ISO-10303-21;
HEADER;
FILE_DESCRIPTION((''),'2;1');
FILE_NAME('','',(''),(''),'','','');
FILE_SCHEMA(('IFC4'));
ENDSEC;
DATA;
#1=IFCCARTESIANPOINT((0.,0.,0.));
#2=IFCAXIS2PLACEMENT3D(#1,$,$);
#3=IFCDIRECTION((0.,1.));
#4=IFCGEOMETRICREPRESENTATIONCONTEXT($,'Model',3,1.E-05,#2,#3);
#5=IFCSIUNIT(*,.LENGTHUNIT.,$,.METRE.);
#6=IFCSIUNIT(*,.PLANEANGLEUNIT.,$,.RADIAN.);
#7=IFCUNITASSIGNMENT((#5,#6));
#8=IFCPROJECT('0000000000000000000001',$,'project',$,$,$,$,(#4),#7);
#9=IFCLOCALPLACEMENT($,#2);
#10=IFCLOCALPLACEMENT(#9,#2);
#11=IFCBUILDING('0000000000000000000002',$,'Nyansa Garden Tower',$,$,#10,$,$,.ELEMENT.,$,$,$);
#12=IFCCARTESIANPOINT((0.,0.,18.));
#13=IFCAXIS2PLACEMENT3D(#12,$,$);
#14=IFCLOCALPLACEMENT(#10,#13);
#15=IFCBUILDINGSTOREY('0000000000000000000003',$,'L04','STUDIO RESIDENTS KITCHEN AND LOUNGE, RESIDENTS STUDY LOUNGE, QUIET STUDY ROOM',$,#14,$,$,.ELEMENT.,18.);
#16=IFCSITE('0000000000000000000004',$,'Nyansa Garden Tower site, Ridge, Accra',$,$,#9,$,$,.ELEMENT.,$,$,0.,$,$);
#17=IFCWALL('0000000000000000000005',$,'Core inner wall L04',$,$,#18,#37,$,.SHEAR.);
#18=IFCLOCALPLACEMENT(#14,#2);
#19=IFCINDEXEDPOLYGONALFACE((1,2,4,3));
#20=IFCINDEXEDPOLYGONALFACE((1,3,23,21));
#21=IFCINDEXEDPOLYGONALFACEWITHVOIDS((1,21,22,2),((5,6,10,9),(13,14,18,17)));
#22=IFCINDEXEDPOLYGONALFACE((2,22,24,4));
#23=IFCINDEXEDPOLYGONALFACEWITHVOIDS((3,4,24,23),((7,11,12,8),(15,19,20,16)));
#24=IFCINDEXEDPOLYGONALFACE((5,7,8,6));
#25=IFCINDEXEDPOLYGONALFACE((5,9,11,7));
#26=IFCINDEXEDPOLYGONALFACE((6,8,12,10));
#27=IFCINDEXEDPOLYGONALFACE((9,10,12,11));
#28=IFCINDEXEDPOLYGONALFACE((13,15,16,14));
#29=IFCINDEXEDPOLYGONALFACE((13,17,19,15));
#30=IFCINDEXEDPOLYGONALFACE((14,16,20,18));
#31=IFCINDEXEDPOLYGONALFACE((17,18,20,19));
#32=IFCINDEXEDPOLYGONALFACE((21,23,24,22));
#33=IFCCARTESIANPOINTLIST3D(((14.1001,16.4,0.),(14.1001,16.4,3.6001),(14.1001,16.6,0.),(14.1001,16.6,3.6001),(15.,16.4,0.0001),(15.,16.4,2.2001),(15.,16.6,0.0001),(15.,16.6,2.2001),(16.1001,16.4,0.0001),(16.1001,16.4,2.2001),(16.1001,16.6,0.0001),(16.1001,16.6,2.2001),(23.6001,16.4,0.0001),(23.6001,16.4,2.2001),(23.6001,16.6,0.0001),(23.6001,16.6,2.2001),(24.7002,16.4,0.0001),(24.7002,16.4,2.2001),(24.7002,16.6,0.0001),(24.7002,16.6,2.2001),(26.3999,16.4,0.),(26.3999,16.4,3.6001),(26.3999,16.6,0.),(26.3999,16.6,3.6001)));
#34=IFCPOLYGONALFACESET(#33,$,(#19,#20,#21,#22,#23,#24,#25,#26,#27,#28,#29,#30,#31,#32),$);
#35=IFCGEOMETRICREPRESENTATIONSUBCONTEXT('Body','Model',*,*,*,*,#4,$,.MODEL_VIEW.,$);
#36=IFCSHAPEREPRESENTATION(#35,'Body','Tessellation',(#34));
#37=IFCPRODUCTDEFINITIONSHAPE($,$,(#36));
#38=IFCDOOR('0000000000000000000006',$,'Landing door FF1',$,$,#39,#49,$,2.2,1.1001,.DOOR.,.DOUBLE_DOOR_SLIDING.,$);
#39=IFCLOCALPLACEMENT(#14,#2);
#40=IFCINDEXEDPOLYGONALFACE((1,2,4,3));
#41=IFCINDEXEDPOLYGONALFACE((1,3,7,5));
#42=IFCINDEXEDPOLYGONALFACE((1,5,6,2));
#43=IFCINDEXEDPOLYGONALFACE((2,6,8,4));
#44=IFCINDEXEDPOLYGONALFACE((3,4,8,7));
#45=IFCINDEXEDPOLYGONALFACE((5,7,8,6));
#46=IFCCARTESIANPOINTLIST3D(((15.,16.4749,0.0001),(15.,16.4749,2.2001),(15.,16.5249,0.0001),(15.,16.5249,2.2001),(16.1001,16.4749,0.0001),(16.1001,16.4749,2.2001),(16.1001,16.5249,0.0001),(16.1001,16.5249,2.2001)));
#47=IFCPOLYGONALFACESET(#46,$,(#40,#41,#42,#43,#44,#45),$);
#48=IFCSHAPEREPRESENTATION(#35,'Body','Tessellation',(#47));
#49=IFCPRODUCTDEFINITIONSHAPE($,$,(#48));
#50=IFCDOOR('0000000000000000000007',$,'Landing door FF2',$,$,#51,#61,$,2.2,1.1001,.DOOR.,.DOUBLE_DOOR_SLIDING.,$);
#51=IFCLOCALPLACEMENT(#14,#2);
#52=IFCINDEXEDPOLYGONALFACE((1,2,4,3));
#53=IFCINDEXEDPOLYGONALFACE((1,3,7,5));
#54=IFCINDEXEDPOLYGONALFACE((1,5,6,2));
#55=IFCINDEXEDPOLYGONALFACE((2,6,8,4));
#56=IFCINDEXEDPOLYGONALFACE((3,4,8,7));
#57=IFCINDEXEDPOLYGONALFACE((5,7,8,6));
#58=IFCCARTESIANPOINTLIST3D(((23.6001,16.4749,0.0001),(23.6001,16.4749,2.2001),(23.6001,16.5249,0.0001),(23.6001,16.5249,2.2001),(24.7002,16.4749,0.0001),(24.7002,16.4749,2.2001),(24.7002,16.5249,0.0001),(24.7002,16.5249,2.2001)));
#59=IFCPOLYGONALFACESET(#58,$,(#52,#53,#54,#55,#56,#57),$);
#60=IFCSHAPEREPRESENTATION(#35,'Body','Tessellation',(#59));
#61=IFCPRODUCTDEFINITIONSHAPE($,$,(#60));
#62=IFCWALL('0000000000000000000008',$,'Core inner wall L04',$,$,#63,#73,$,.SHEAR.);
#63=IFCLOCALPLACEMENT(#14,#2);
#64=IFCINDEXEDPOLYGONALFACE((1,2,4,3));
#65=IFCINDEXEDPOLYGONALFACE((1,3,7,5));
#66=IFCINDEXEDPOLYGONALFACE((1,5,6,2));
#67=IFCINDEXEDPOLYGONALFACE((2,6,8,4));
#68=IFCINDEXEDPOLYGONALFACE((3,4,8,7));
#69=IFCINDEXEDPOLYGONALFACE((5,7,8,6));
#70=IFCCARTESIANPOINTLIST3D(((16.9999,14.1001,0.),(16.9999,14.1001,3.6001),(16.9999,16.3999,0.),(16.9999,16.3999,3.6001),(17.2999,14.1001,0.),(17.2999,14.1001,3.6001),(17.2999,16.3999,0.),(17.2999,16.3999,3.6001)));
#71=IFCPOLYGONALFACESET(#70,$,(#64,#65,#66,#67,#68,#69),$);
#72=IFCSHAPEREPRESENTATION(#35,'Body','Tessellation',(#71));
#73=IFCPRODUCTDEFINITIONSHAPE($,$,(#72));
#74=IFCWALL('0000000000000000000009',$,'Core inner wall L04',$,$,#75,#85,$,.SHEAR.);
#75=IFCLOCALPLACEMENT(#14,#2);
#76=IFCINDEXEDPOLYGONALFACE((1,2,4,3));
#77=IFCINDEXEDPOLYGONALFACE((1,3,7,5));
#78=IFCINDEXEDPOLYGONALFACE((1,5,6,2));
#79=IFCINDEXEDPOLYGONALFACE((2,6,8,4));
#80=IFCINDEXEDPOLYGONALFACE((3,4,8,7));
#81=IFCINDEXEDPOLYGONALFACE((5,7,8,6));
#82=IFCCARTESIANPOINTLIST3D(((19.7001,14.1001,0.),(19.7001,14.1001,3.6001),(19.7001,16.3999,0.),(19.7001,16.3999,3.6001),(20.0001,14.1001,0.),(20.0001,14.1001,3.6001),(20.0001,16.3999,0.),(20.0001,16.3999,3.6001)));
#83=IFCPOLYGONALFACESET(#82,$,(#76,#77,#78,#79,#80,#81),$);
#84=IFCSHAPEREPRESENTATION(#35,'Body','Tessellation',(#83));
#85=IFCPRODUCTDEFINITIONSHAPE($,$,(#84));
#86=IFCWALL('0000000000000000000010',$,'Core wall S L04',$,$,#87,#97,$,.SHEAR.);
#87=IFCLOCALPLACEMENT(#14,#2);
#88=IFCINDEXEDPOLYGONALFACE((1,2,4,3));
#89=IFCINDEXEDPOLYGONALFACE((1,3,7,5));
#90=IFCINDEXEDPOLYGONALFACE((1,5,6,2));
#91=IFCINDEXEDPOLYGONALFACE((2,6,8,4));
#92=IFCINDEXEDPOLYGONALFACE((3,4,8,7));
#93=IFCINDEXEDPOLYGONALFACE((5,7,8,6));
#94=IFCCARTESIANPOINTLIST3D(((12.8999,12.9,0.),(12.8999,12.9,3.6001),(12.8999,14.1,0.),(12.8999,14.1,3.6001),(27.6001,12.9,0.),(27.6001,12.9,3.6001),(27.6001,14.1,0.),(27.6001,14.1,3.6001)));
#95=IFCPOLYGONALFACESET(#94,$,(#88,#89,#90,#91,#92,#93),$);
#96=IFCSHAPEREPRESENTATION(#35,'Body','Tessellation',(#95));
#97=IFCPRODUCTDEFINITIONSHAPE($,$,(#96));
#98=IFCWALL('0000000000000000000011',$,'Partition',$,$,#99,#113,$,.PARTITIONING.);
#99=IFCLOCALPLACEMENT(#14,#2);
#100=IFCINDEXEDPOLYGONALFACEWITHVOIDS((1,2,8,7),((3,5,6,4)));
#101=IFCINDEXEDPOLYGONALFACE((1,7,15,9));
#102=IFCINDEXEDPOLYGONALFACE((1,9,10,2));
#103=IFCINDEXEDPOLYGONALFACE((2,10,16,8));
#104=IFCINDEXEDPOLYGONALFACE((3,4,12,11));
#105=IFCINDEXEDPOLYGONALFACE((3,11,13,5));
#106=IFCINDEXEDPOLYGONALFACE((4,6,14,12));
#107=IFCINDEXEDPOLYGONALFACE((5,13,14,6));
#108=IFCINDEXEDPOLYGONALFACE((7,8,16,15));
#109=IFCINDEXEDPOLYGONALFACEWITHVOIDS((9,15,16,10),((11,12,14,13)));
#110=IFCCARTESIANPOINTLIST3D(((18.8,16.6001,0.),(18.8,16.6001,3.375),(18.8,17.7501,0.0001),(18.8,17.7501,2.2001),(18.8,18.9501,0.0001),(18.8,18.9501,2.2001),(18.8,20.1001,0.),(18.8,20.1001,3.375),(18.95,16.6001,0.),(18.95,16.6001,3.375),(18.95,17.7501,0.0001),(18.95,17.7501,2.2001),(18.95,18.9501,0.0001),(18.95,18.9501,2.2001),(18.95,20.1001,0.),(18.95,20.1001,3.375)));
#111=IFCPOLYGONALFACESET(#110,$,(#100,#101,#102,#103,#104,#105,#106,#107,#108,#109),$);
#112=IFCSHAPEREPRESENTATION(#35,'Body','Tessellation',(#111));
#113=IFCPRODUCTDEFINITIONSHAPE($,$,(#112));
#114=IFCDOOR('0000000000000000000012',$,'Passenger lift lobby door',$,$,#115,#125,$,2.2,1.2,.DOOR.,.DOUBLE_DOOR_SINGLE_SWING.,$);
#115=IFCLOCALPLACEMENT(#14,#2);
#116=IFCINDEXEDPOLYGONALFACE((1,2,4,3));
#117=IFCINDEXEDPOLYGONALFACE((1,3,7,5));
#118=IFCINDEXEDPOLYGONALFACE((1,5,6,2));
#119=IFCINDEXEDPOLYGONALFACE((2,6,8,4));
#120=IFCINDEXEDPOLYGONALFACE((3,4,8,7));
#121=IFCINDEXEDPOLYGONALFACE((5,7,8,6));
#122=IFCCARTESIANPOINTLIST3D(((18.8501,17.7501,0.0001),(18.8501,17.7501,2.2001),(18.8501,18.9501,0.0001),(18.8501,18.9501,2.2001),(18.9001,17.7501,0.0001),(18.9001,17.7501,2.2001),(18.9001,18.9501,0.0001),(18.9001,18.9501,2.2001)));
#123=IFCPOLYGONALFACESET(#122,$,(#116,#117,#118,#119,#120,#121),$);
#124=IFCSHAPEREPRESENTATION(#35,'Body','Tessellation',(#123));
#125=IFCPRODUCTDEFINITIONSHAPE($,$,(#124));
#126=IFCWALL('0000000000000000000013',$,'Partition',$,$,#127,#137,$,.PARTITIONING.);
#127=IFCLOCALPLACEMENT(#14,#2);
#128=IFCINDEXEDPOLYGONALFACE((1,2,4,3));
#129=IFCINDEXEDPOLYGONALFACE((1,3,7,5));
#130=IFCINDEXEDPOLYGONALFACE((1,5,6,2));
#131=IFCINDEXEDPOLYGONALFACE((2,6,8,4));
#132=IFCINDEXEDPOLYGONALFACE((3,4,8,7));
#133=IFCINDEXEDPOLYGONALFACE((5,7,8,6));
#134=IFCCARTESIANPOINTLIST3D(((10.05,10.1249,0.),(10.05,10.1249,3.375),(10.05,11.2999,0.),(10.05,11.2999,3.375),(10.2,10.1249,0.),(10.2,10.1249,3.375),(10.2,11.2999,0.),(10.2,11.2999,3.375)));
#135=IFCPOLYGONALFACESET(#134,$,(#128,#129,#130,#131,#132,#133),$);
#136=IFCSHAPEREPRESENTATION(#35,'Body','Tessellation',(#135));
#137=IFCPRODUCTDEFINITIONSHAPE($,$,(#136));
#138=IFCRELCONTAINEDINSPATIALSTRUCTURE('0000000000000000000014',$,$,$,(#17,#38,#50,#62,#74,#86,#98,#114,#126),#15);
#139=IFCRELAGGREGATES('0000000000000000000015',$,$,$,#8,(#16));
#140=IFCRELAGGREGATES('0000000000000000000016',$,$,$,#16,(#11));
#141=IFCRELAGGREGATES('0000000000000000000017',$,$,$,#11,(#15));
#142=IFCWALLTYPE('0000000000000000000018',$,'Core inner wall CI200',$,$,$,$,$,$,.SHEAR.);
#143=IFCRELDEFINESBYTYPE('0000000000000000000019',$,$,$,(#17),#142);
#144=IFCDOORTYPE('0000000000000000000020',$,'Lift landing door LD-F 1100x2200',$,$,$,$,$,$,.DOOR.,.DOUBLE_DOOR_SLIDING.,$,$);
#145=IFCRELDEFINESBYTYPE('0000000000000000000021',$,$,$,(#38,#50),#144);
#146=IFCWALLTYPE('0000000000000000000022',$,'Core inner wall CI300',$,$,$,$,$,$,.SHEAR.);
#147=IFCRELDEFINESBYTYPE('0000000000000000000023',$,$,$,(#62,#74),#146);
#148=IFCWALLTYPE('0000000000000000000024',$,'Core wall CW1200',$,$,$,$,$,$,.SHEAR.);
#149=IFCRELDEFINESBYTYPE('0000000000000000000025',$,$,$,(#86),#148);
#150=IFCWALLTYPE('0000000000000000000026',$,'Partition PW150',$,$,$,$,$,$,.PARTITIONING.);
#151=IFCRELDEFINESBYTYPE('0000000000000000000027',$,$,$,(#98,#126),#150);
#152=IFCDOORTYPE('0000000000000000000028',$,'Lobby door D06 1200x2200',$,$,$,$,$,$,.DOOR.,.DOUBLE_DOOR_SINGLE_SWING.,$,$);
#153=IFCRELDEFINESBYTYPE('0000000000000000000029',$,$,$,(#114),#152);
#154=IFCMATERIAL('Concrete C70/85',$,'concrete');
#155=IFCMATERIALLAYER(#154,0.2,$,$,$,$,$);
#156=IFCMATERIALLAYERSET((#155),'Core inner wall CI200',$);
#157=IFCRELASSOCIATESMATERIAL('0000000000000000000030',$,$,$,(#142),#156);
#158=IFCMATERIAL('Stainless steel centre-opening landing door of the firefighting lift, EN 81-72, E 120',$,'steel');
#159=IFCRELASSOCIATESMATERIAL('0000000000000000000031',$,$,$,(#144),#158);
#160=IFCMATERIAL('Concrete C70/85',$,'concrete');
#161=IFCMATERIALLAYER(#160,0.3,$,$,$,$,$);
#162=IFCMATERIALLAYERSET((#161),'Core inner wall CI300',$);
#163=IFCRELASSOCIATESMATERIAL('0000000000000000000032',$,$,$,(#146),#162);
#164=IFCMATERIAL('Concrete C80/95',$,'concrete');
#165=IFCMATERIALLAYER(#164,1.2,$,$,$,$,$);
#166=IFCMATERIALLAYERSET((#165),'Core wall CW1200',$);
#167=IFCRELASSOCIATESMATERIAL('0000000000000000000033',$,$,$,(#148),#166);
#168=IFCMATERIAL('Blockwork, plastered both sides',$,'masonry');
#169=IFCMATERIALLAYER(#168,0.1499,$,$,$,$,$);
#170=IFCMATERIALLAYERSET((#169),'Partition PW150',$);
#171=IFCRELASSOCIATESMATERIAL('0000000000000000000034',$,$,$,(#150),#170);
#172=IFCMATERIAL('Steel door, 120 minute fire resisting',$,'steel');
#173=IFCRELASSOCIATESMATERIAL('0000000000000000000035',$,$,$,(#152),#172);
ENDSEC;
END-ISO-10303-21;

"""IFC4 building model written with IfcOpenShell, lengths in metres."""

from ifc_helpers import new_model, si_unit, direction, frame, frame_2d, origin, place, context, subcontext, project, spatial, rectangle, extrude, material, layer, layer_set, type_object, element, fill, save


model = new_model("IFC4")

# Units and contexts
model_context = context("Model", 3, precision=1e-05, world=origin(), true_north=direction((0.0, 1.0)))
body_context = subcontext(model_context, "Body", "Model", "MODEL_VIEW")
ifc_project = project(units=[si_unit("LENGTHUNIT", "METRE"), si_unit("PLANEANGLEUNIT", "RADIAN")], contexts=[model_context])

# Site, building, storey
site_placement = place(None, origin())
site = spatial("IfcSite", under=ifc_project, at=site_placement, Name="Nyansa Garden Tower site, Ridge, Accra", CompositionType="ELEMENT", RefElevation=0.0)
building_placement = place(site_placement, origin())
building = spatial("IfcBuilding", under=site, at=building_placement, Name="Nyansa Garden Tower", CompositionType="ELEMENT")
storey_placement = place(building_placement, frame((0.0, 0.0, 18.0)))
storey = spatial("IfcBuildingStorey", under=building, at=storey_placement, Name="L04", Description="STUDIO RESIDENTS KITCHEN AND LOUNGE, RESIDENTS STUDY LOUNGE, QUIET STUDY ROOM", CompositionType="ELEMENT", Elevation=18.0)

# Wall, openings, doors
ifc_material_1 = material(Name="Concrete C70/85", Category="concrete")
ifc_layer_1 = layer(ifc_material_1, 0.2)
ifc_layer_set_1 = layer_set([ifc_layer_1], Name="Core inner wall CI200")
wall_type_1 = type_object("IfcWallType", Name="Core inner wall CI200", PredefinedType="SHEAR", material=ifc_layer_set_1)
wall_1_placement = place(storey_placement, frame((14.1001, 16.5, 0.0), z_axis=(0.0, 0.0, 1.0), x_axis=(1.0, 0.0, 0.0)))
wall_1 = element("IfcWall", 1, at=wall_1_placement, inside=storey, type_object=wall_type_1, Name="Core inner wall L04", PredefinedType="SHEAR", context=body_context, shape_type="SweptSolid", body=[
    extrude(rectangle(XDim=12.2998, YDim=0.2, at=frame_2d((6.1499, 0.0))), origin(), (0.0, 0.0, 1.0), 3.6001),
])
opening_1_placement = place(wall_1_placement, frame((0.8999, 0.0, 0.0)))
opening_1 = element("IfcOpeningElement", 2, at=opening_1_placement, cuts=wall_1, PredefinedType="OPENING", context=body_context, shape_type="SweptSolid", body=[
    extrude(rectangle(XDim=1.1001, YDim=2.2, at=frame_2d((0.55, 1.1001))), frame((0.0, 0.1099, 0.0), z_axis=(0.0, -1.0, 0.0), x_axis=(1.0, 0.0, 0.0)), (0.0, 0.0, 1.0), 0.22),
])
opening_2_placement = place(wall_1_placement, frame((9.5, 0.0, 0.0)))
opening_2 = element("IfcOpeningElement", 3, at=opening_2_placement, cuts=wall_1, PredefinedType="OPENING", context=body_context, shape_type="SweptSolid", body=[
    extrude(rectangle(XDim=1.1001, YDim=2.2, at=frame_2d((0.55, 1.1001))), frame((0.0, 0.1099, 0.0), z_axis=(0.0, -1.0, 0.0), x_axis=(1.0, 0.0, 0.0)), (0.0, 0.0, 1.0), 0.22),
])
ifc_material_2 = material(Name="Stainless steel centre-opening landing door of the firefighting lift, EN 81-72, E 120", Category="steel")
door_type_1 = type_object("IfcDoorType", Name="Lift landing door LD-F 1100x2200", OperationType="DOUBLE_DOOR_SLIDING", PredefinedType="DOOR", material=ifc_material_2)
door_1_placement = place(opening_1_placement, origin())
door_1 = element("IfcDoor", 4, at=door_1_placement, inside=storey, type_object=door_type_1, Name="Landing door FF1", OperationType="DOUBLE_DOOR_SLIDING", OverallHeight=2.2, OverallWidth=1.1001, PredefinedType="DOOR", context=body_context, shape_type="SweptSolid", body=[
    extrude(rectangle(XDim=1.1001, YDim=2.2, at=frame_2d((0.55, 1.1001))), frame((0.0, 0.0249, 0.0), z_axis=(0.0, -1.0, 0.0), x_axis=(1.0, 0.0, 0.0)), (0.0, 0.0, 1.0), 0.05),
])
fill(opening_1, door_1)
door_2_placement = place(opening_2_placement, origin())
door_2 = element("IfcDoor", 5, at=door_2_placement, inside=storey, type_object=door_type_1, Name="Landing door FF2", OperationType="DOUBLE_DOOR_SLIDING", OverallHeight=2.2, OverallWidth=1.1001, PredefinedType="DOOR", context=body_context, shape_type="SweptSolid", body=[
    extrude(rectangle(XDim=1.1001, YDim=2.2, at=frame_2d((0.55, 1.1001))), frame((0.0, 0.0249, 0.0), z_axis=(0.0, -1.0, 0.0), x_axis=(1.0, 0.0, 0.0)), (0.0, 0.0, 1.0), 0.05),
])
fill(opening_2, door_2)

# Walls
ifc_material_3 = material(Name="Concrete C70/85", Category="concrete")
ifc_layer_2 = layer(ifc_material_3, 0.3)
ifc_layer_set_2 = layer_set([ifc_layer_2], Name="Core inner wall CI300")
wall_type_2 = type_object("IfcWallType", Name="Core inner wall CI300", PredefinedType="SHEAR", material=ifc_layer_set_2)
for number, where, z_axis, x_axis, name in (
    (6, (17.1499, 14.1001, 0.0), (0.0, 0.0, 1.0), (0.0, 1.0, 0.0), "Core inner wall L04"),
    (7, (19.8501, 14.1001, 0.0), (0.0, 0.0, 1.0), (0.0, 1.0, 0.0), "Core inner wall L04"),
):
    element("IfcWall", number, at=place(storey_placement, frame(where, z_axis=z_axis, x_axis=x_axis)), inside=storey, type_object=wall_type_2, Name=name, PredefinedType="SHEAR", context=body_context, shape_type="SweptSolid", body=[
        extrude(rectangle(XDim=2.2998, YDim=0.3, at=frame_2d((1.1499, 0.0))), origin(), (0.0, 0.0, 1.0), 3.6001),
    ])
ifc_material_4 = material(Name="Concrete C80/95", Category="concrete")
ifc_layer_3 = layer(ifc_material_4, 1.2)
ifc_layer_set_3 = layer_set([ifc_layer_3], Name="Core wall CW1200")
wall_type_3 = type_object("IfcWallType", Name="Core wall CW1200", PredefinedType="SHEAR", material=ifc_layer_set_3)
wall_2_placement = place(storey_placement, frame((12.8999, 13.5, 0.0), z_axis=(0.0, 0.0, 1.0), x_axis=(1.0, 0.0, 0.0)))
element("IfcWall", 8, at=wall_2_placement, inside=storey, type_object=wall_type_3, Name="Core wall S L04", PredefinedType="SHEAR", context=body_context, shape_type="SweptSolid", body=[
    extrude(rectangle(XDim=14.7002, YDim=1.2, at=frame_2d((7.3501, 0.0))), origin(), (0.0, 0.0, 1.0), 3.6001),
])

# Wall, opening, door
ifc_material_5 = material(Name="Blockwork, plastered both sides", Category="masonry")
ifc_layer_4 = layer(ifc_material_5, 0.1499)
ifc_layer_set_4 = layer_set([ifc_layer_4], Name="Partition PW150")
wall_type_4 = type_object("IfcWallType", Name="Partition PW150", PredefinedType="PARTITIONING", material=ifc_layer_set_4)
wall_3_placement = place(storey_placement, frame((18.875, 16.6001, 0.0), z_axis=(0.0, 0.0, 1.0), x_axis=(0.0, 1.0, 0.0)))
wall_3 = element("IfcWall", 9, at=wall_3_placement, inside=storey, type_object=wall_type_4, Name="Partition", PredefinedType="PARTITIONING", context=body_context, shape_type="SweptSolid", body=[
    extrude(rectangle(XDim=3.5, YDim=0.1499, at=frame_2d((1.75, 0.0))), origin(), (0.0, 0.0, 1.0), 3.375),
])
opening_3_placement = place(wall_3_placement, frame((1.1499, 0.0, 0.0)))
opening_3 = element("IfcOpeningElement", 10, at=opening_3_placement, cuts=wall_3, PredefinedType="OPENING", context=body_context, shape_type="SweptSolid", body=[
    extrude(rectangle(XDim=1.2, YDim=2.2, at=frame_2d((0.6001, 1.1001))), frame((0.0, 0.085, 0.0), z_axis=(0.0, -1.0, 0.0), x_axis=(1.0, 0.0, 0.0)), (0.0, 0.0, 1.0), 0.1699),
])
ifc_material_6 = material(Name="Steel door, 120 minute fire resisting", Category="steel")
door_type_2 = type_object("IfcDoorType", Name="Lobby door D06 1200x2200", OperationType="DOUBLE_DOOR_SINGLE_SWING", PredefinedType="DOOR", material=ifc_material_6)
door_3_placement = place(opening_3_placement, origin())
door_3 = element("IfcDoor", 11, at=door_3_placement, inside=storey, type_object=door_type_2, Name="Passenger lift lobby door", OperationType="DOUBLE_DOOR_SINGLE_SWING", OverallHeight=2.2, OverallWidth=1.2, PredefinedType="DOOR", context=body_context, shape_type="SweptSolid", body=[
    extrude(rectangle(XDim=1.2, YDim=2.2, at=frame_2d((0.6001, 1.1001))), frame((0.0, 0.0249, 0.0), z_axis=(0.0, -1.0, 0.0), x_axis=(1.0, 0.0, 0.0)), (0.0, 0.0, 1.0), 0.05),
])
fill(opening_3, door_3)

# Wall
wall_4_placement = place(storey_placement, frame((10.125, 10.125, 0.0), z_axis=(0.0, 0.0, 1.0), x_axis=(0.0, 1.0, 0.0)))
element("IfcWall", 12, at=wall_4_placement, inside=storey, type_object=wall_type_4, Name="Partition", PredefinedType="PARTITIONING", context=body_context, shape_type="SweptSolid", body=[
    extrude(rectangle(XDim=1.175, YDim=0.1499, at=frame_2d((0.5874, 0.0))), origin(), (0.0, 0.0, 1.0), 3.375),
])

save(model, "model.ifc")
